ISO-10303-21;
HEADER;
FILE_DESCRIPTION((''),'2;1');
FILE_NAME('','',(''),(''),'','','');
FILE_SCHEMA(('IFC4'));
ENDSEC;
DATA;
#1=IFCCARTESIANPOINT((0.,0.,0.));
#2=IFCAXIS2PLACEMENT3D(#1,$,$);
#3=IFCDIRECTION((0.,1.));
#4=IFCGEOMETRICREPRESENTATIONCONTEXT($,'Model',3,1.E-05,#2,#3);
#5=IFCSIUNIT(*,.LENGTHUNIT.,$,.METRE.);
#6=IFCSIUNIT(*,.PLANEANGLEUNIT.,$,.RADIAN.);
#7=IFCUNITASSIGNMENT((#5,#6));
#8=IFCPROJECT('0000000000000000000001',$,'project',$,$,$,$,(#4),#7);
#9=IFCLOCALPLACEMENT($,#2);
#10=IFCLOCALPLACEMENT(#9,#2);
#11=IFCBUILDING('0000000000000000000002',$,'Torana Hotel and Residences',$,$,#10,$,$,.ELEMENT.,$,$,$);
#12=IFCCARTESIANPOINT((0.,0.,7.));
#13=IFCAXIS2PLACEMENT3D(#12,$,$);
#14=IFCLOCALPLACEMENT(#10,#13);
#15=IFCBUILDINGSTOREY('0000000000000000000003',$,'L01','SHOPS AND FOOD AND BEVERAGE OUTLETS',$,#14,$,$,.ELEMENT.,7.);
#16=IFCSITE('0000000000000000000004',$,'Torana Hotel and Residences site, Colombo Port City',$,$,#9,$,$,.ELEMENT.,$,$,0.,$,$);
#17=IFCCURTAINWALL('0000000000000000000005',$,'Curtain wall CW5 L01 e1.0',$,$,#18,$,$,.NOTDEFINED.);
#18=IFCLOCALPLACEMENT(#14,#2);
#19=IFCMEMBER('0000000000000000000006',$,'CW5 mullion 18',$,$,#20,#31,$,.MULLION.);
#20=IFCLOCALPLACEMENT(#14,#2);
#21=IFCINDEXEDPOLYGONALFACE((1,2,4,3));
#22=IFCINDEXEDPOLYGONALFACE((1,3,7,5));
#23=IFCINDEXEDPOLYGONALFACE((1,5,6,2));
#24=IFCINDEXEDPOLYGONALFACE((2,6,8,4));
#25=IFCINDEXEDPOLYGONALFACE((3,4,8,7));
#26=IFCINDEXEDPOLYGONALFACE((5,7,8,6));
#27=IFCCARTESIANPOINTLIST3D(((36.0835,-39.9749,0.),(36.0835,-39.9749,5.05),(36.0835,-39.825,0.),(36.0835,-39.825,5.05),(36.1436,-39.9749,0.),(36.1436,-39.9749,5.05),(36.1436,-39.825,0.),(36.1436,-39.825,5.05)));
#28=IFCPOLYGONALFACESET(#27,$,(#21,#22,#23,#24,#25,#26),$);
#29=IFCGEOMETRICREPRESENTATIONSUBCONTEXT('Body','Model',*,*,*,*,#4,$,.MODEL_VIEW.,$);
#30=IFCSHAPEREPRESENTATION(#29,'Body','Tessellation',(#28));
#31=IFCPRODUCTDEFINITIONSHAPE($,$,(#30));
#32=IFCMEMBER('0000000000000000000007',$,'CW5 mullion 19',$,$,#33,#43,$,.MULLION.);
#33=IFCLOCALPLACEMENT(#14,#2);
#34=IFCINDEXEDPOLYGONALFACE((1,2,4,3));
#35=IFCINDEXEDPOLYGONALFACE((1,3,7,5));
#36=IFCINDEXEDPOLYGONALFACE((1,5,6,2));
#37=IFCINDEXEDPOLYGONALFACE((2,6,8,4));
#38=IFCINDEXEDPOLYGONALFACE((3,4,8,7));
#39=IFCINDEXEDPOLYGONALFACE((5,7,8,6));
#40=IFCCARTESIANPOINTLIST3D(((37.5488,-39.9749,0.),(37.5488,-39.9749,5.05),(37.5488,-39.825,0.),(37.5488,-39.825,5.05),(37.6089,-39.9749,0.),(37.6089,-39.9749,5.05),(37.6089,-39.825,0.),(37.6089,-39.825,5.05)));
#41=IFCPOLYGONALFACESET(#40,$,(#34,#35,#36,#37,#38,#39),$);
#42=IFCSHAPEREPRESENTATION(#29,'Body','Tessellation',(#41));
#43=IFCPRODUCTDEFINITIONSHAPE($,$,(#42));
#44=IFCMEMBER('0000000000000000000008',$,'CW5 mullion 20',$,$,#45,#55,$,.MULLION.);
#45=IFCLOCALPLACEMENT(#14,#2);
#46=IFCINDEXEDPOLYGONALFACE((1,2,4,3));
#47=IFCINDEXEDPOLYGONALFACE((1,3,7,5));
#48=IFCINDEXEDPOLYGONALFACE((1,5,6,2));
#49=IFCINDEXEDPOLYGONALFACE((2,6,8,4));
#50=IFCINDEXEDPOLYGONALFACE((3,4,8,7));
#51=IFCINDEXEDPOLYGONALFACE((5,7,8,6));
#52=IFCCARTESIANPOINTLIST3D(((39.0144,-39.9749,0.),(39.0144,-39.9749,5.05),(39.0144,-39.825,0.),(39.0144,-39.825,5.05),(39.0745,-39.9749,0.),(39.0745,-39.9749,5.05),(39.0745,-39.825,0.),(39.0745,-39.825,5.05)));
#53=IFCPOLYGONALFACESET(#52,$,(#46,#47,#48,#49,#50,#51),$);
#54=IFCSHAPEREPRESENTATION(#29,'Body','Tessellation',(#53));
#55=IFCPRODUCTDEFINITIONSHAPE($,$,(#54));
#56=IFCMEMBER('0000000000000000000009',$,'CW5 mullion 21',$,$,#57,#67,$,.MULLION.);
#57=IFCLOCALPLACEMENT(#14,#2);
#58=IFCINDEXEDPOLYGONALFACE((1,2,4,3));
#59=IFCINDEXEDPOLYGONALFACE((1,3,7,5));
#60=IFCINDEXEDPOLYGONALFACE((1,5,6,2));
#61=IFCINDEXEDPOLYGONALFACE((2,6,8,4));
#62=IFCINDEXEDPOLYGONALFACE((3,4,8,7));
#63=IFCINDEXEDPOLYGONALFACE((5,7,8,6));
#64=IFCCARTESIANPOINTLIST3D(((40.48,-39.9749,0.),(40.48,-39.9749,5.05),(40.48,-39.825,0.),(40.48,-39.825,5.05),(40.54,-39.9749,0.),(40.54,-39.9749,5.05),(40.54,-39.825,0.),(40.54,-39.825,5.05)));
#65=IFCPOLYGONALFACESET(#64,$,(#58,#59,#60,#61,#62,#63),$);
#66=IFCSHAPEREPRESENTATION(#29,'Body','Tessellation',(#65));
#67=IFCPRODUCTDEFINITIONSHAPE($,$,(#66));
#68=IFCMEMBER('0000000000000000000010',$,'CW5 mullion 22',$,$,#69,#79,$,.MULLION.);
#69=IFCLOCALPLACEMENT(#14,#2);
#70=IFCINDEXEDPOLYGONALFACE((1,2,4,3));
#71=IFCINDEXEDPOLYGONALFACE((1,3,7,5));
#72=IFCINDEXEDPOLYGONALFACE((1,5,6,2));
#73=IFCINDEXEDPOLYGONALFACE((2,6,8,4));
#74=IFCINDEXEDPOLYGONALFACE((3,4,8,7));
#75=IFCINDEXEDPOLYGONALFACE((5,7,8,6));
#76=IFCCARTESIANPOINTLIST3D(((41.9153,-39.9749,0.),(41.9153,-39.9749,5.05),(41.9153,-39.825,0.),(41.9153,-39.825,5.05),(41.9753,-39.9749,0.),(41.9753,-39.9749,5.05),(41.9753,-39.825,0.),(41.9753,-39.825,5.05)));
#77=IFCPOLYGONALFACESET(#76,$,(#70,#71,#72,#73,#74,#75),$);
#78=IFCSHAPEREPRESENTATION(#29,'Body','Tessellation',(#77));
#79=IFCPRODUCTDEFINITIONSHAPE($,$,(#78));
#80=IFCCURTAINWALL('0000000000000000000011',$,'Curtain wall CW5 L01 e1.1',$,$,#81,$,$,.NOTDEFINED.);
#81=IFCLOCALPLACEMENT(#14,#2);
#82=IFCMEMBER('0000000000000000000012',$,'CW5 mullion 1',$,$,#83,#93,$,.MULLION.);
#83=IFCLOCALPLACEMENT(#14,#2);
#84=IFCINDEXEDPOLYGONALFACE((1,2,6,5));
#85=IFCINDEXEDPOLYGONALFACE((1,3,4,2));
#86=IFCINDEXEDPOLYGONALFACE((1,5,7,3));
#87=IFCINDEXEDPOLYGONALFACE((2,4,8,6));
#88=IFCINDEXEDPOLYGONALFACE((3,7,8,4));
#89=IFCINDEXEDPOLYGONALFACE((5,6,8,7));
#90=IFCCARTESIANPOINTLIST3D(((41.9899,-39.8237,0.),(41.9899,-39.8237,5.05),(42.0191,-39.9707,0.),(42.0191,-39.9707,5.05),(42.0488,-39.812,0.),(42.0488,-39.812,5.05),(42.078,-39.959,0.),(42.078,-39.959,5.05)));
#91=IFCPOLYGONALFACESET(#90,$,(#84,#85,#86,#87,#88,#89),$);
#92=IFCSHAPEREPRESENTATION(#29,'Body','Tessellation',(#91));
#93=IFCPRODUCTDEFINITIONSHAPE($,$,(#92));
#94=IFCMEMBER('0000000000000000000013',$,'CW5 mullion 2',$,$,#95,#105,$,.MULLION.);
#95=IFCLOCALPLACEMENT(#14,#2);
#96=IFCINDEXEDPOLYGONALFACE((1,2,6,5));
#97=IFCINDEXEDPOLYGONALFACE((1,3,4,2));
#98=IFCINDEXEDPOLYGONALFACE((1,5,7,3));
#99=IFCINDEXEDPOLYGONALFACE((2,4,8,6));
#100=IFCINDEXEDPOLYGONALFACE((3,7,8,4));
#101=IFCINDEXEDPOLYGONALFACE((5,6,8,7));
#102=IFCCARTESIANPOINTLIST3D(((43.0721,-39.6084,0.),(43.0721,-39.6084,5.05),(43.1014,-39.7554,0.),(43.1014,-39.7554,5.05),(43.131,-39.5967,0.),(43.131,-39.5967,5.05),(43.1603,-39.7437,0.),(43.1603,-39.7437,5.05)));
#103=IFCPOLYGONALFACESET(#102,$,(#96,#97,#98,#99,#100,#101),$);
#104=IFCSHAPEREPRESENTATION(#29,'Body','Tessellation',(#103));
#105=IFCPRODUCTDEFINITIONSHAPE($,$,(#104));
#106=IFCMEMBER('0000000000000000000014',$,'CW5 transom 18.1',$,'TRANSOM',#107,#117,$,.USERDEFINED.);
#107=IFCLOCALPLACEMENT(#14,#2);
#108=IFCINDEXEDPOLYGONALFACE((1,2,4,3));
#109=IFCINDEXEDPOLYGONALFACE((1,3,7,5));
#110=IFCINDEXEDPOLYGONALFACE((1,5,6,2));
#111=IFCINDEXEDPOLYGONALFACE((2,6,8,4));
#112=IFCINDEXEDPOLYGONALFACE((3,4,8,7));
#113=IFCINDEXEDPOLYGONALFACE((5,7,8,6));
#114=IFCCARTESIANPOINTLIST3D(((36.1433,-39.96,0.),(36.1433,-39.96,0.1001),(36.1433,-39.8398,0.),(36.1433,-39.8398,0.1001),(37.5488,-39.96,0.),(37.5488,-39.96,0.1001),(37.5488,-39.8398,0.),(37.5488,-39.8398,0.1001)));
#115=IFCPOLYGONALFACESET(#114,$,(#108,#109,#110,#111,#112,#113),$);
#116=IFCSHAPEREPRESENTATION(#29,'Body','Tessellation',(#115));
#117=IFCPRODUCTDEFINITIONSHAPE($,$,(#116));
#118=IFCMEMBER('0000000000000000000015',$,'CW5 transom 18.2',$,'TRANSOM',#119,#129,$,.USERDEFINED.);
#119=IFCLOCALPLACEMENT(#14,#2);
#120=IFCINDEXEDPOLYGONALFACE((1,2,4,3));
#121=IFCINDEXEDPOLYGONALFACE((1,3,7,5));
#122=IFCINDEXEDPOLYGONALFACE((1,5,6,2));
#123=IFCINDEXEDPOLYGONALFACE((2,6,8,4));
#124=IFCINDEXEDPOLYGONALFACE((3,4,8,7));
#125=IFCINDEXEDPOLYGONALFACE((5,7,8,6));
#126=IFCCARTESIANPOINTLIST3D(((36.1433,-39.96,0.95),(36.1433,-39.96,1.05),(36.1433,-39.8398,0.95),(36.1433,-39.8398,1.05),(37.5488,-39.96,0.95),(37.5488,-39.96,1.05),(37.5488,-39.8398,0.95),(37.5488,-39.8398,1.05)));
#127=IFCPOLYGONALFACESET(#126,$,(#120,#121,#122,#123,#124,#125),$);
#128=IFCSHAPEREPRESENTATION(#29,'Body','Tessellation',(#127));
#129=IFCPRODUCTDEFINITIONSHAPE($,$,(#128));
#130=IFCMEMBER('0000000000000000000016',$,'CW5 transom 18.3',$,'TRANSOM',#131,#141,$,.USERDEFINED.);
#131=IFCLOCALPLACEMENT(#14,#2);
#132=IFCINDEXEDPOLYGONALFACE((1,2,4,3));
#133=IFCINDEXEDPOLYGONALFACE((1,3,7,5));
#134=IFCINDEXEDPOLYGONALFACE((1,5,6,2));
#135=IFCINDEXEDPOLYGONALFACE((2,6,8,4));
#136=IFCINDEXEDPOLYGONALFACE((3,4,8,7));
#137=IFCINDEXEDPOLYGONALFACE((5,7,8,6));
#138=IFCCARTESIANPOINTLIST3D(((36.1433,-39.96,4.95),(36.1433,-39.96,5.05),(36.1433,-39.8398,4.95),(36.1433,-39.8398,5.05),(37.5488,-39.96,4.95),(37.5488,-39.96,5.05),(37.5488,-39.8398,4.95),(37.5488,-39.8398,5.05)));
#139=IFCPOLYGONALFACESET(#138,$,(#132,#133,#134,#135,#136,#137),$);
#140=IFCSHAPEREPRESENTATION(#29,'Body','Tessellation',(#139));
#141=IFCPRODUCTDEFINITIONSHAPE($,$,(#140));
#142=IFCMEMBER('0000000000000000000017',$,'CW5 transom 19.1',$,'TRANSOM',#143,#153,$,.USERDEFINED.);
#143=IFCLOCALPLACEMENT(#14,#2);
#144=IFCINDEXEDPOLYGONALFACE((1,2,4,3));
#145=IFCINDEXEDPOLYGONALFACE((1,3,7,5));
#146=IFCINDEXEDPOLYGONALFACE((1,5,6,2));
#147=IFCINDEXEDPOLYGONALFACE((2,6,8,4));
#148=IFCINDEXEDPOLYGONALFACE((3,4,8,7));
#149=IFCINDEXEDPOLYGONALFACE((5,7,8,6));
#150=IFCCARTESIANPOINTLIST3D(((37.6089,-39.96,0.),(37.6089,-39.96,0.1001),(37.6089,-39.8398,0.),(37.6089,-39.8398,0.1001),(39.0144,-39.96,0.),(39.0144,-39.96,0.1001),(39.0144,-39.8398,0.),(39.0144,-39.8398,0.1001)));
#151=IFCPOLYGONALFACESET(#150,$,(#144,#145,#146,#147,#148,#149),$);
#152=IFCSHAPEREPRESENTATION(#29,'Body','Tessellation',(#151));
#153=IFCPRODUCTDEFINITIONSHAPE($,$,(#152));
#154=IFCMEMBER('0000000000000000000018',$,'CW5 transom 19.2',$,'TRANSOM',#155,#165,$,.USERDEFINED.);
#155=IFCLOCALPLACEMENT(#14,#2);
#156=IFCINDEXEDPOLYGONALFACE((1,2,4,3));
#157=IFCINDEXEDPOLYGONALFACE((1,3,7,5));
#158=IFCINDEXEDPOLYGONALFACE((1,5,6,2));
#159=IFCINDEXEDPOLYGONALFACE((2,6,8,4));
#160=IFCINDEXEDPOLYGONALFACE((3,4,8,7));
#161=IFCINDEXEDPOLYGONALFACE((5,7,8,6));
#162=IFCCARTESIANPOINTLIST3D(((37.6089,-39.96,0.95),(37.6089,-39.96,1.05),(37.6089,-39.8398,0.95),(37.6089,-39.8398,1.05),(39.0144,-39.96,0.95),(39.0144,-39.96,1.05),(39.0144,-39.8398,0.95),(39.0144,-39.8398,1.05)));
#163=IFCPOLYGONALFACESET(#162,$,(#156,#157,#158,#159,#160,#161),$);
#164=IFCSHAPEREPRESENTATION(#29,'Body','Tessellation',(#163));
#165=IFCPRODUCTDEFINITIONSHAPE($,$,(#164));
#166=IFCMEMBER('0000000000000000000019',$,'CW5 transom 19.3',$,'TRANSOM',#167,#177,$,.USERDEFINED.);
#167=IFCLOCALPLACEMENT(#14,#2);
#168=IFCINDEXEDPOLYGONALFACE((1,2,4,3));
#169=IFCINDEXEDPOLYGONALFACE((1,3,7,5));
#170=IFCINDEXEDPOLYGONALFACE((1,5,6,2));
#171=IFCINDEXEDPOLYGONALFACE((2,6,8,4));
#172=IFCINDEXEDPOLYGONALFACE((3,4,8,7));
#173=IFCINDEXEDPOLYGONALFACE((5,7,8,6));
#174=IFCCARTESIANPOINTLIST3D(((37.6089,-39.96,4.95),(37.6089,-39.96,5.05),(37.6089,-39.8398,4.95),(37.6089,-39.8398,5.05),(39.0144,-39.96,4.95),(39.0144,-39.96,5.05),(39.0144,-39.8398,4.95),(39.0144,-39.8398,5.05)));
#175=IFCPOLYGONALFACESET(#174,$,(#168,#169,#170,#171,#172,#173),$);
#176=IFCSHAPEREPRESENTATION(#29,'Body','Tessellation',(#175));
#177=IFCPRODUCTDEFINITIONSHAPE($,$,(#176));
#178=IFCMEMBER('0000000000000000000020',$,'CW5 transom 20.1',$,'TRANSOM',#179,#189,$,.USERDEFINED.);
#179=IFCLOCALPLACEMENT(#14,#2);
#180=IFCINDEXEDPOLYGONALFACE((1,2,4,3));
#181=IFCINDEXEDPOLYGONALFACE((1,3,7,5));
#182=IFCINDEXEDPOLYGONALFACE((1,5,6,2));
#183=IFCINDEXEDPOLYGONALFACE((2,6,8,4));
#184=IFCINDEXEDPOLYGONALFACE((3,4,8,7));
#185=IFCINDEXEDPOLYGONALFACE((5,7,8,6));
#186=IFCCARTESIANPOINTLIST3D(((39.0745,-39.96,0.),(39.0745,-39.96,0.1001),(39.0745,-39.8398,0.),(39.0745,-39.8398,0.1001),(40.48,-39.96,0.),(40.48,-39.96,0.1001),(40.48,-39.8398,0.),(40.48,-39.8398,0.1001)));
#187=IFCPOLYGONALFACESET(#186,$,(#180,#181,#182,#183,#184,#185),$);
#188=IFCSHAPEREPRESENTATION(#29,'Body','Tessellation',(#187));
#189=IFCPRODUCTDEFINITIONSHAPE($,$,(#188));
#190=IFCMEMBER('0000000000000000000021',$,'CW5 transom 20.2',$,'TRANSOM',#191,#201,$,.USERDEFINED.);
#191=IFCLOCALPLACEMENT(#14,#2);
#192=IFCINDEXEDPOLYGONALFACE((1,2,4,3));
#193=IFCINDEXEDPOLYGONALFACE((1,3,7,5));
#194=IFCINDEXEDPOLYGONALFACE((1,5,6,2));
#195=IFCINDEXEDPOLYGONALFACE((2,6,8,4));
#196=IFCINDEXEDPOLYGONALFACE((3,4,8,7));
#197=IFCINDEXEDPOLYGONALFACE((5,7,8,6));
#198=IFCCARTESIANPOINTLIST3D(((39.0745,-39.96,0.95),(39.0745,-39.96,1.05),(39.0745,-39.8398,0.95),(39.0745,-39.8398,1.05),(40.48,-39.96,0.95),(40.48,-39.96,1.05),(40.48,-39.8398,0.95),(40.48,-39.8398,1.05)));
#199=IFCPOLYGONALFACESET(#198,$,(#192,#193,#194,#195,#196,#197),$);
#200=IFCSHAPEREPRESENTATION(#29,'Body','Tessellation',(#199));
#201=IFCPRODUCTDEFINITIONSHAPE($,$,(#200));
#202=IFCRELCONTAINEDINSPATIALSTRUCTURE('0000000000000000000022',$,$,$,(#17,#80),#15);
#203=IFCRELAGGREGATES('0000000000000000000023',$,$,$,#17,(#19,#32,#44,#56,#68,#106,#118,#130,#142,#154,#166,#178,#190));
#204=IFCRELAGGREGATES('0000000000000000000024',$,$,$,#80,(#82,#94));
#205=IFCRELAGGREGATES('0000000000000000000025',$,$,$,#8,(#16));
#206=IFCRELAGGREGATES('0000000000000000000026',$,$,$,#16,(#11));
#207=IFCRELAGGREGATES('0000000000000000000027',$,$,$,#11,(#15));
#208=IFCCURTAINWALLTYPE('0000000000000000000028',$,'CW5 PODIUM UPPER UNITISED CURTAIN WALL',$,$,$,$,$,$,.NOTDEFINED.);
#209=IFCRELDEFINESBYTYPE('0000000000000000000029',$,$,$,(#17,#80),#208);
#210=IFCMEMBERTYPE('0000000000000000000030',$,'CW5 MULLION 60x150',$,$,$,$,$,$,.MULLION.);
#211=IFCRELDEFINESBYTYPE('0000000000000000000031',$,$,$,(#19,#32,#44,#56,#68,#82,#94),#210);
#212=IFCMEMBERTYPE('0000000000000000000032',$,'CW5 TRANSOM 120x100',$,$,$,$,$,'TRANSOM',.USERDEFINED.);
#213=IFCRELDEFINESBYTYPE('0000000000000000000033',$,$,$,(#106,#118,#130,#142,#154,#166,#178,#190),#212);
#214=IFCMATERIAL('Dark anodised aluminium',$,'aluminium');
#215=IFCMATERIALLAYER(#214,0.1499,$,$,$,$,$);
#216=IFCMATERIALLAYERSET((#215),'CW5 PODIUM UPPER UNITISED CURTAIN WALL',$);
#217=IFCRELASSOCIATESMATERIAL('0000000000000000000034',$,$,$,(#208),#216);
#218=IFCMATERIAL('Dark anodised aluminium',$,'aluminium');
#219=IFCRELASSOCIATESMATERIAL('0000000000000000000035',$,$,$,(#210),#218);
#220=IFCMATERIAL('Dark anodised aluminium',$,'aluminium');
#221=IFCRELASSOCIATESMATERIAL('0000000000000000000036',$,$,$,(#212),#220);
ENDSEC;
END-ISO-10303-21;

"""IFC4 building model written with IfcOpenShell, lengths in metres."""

from ifc_helpers import new_model, si_unit, direction, frame, origin, origin_2d, place, context, subcontext, project, spatial, rectangle, extrude, material, layer, layer_set, material_profile, profile_set, type_object, element, aggregate, save


model = new_model("IFC4")

# Units and contexts
model_context = context("Model", 3, precision=1e-05, world=origin(), true_north=direction((0.0, 1.0)))
body_context = subcontext(model_context, "Body", "Model", "MODEL_VIEW")
ifc_project = project(units=[si_unit("LENGTHUNIT", "METRE"), si_unit("PLANEANGLEUNIT", "RADIAN")], contexts=[model_context])

# Site, building, storey
site_placement = place(None, origin())
site = spatial("IfcSite", under=ifc_project, at=site_placement, Name="Torana Hotel and Residences site, Colombo Port City", CompositionType="ELEMENT", RefElevation=0.0)
building_placement = place(site_placement, origin())
building = spatial("IfcBuilding", under=site, at=building_placement, Name="Torana Hotel and Residences", CompositionType="ELEMENT")
storey_placement = place(building_placement, frame((0.0, 0.0, 7.0)))
storey = spatial("IfcBuildingStorey", under=building, at=storey_placement, Name="L01", Description="SHOPS AND FOOD AND BEVERAGE OUTLETS", CompositionType="ELEMENT", Elevation=7.0)

# Curtain walls, members
ifc_material_1 = material(Name="Dark anodised aluminium", Category="aluminium")
ifc_layer_1 = layer(ifc_material_1, 0.1499)
ifc_layer_set_1 = layer_set([ifc_layer_1], Name="CW5 PODIUM UPPER UNITISED CURTAIN WALL")
curtain_wall_type = type_object("IfcCurtainWallType", Name="CW5 PODIUM UPPER UNITISED CURTAIN WALL", PredefinedType="NOTDEFINED", material=ifc_layer_set_1)
curtain_wall_1_placement = place(storey_placement, origin())
curtain_wall_1 = element("IfcCurtainWall", 1, at=curtain_wall_1_placement, inside=storey, type_object=curtain_wall_type, Name="Curtain wall CW5 L01 e1.0", PredefinedType="NOTDEFINED")
ifc_material_2 = material(Name="Dark anodised aluminium", Category="aluminium")
ifc_material_profile_1 = material_profile(ifc_material_2, rectangle(XDim=0.1499, YDim=0.0601, at=origin_2d()), Name="CW5 MULLION 60x150")
ifc_profile_set_1 = profile_set([ifc_material_profile_1], Name="Dark anodised aluminium")
member_type_1 = type_object("IfcMemberType", Name="CW5 MULLION 60x150", PredefinedType="MULLION", material=ifc_profile_set_1)
member_1_placement = place(storey_placement, frame((36.1135, -39.8999, 0.0), z_axis=(0.0, 0.0, 1.0), x_axis=(0.0, 1.0, 0.0)))
member_1 = element("IfcMember", 2, at=member_1_placement, type_object=member_type_1, Name="CW5 mullion 18", PredefinedType="MULLION", context=body_context, shape_type="SweptSolid", body=[
    extrude(rectangle(XDim=0.1499, YDim=0.0601, at=origin_2d()), origin(), (0.0, 0.0, 1.0), 5.05),
])
member_2_placement = place(storey_placement, frame((37.5789, -39.8999, 0.0), z_axis=(0.0, 0.0, 1.0), x_axis=(0.0, 1.0, 0.0)))
member_2 = element("IfcMember", 3, at=member_2_placement, type_object=member_type_1, Name="CW5 mullion 19", PredefinedType="MULLION", context=body_context, shape_type="SweptSolid", body=[
    extrude(rectangle(XDim=0.1499, YDim=0.0601, at=origin_2d()), origin(), (0.0, 0.0, 1.0), 5.05),
])
member_3_placement = place(storey_placement, frame((39.0444, -39.8999, 0.0), z_axis=(0.0, 0.0, 1.0), x_axis=(0.0, 1.0, 0.0)))
member_3 = element("IfcMember", 4, at=member_3_placement, type_object=member_type_1, Name="CW5 mullion 20", PredefinedType="MULLION", context=body_context, shape_type="SweptSolid", body=[
    extrude(rectangle(XDim=0.1499, YDim=0.0601, at=origin_2d()), origin(), (0.0, 0.0, 1.0), 5.05),
])
member_4_placement = place(storey_placement, frame((40.51, -39.8999, 0.0), z_axis=(0.0, 0.0, 1.0), x_axis=(0.0, 1.0, 0.0)))
member_4 = element("IfcMember", 5, at=member_4_placement, type_object=member_type_1, Name="CW5 mullion 21", PredefinedType="MULLION", context=body_context, shape_type="SweptSolid", body=[
    extrude(rectangle(XDim=0.1499, YDim=0.0601, at=origin_2d()), origin(), (0.0, 0.0, 1.0), 5.05),
])
member_5_placement = place(storey_placement, frame((41.9453, -39.8999, 0.0), z_axis=(0.0, 0.0, 1.0), x_axis=(0.0, 1.0, 0.0)))
member_5 = element("IfcMember", 6, at=member_5_placement, type_object=member_type_1, Name="CW5 mullion 22", PredefinedType="MULLION", context=body_context, shape_type="SweptSolid", body=[
    extrude(rectangle(XDim=0.1499, YDim=0.0601, at=origin_2d()), origin(), (0.0, 0.0, 1.0), 5.05),
])
curtain_wall_2_placement = place(storey_placement, origin())
curtain_wall_2 = element("IfcCurtainWall", 7, at=curtain_wall_2_placement, inside=storey, type_object=curtain_wall_type, Name="Curtain wall CW5 L01 e1.1", PredefinedType="NOTDEFINED")
member_6_placement = place(storey_placement, frame((42.0339, -39.8914, 0.0), z_axis=(0.0, 0.0, 1.0), x_axis=(-0.195081, 0.980787, 0.0)))
member_6 = element("IfcMember", 8, at=member_6_placement, type_object=member_type_1, Name="CW5 mullion 1", PredefinedType="MULLION", context=body_context, shape_type="SweptSolid", body=[
    extrude(rectangle(XDim=0.1499, YDim=0.0601, at=origin_2d()), origin(), (0.0, 0.0, 1.0), 5.05),
])
member_7_placement = place(storey_placement, frame((43.1162, -39.676, 0.0), z_axis=(0.0, 0.0, 1.0), x_axis=(-0.195081, 0.980787, 0.0)))
member_7 = element("IfcMember", 9, at=member_7_placement, type_object=member_type_1, Name="CW5 mullion 2", PredefinedType="MULLION", context=body_context, shape_type="SweptSolid", body=[
    extrude(rectangle(XDim=0.1499, YDim=0.0601, at=origin_2d()), origin(), (0.0, 0.0, 1.0), 5.05),
])

# Members
ifc_material_3 = material(Name="Dark anodised aluminium", Category="aluminium")
ifc_material_profile_2 = material_profile(ifc_material_3, rectangle(XDim=0.1201, YDim=0.1001, at=origin_2d()), Name="CW5 TRANSOM 120x100")
ifc_profile_set_2 = profile_set([ifc_material_profile_2], Name="Dark anodised aluminium")
member_type_2 = type_object("IfcMemberType", Name="CW5 TRANSOM 120x100", ElementType="TRANSOM", PredefinedType="USERDEFINED", material=ifc_profile_set_2)
member_8_placement = place(storey_placement, frame((36.1433, -39.8999, 0.05), z_axis=(1.0, 0.0, 0.0), x_axis=(0.0, 1.0, 0.0)))
member_8 = element("IfcMember", 10, at=member_8_placement, type_object=member_type_2, Name="CW5 transom 18.1", ObjectType="TRANSOM", PredefinedType="USERDEFINED", context=body_context, shape_type="SweptSolid", body=[
    extrude(rectangle(XDim=0.1201, YDim=0.1001, at=origin_2d()), origin(), (0.0, 0.0, 1.0), 1.4055),
])
member_9_placement = place(storey_placement, frame((36.1433, -39.8999, 1.0), z_axis=(1.0, 0.0, 0.0), x_axis=(0.0, 1.0, 0.0)))
member_9 = element("IfcMember", 11, at=member_9_placement, type_object=member_type_2, Name="CW5 transom 18.2", ObjectType="TRANSOM", PredefinedType="USERDEFINED", context=body_context, shape_type="SweptSolid", body=[
    extrude(rectangle(XDim=0.1201, YDim=0.1001, at=origin_2d()), origin(), (0.0, 0.0, 1.0), 1.4055),
])
member_10_placement = place(storey_placement, frame((36.1433, -39.8999, 5.0), z_axis=(1.0, 0.0, 0.0), x_axis=(0.0, 1.0, 0.0)))
member_10 = element("IfcMember", 12, at=member_10_placement, type_object=member_type_2, Name="CW5 transom 18.3", ObjectType="TRANSOM", PredefinedType="USERDEFINED", context=body_context, shape_type="SweptSolid", body=[
    extrude(rectangle(XDim=0.1201, YDim=0.1001, at=origin_2d()), origin(), (0.0, 0.0, 1.0), 1.4055),
])
member_11_placement = place(storey_placement, frame((37.6089, -39.8999, 0.05), z_axis=(1.0, 0.0, 0.0), x_axis=(0.0, 1.0, 0.0)))
member_11 = element("IfcMember", 13, at=member_11_placement, type_object=member_type_2, Name="CW5 transom 19.1", ObjectType="TRANSOM", PredefinedType="USERDEFINED", context=body_context, shape_type="SweptSolid", body=[
    extrude(rectangle(XDim=0.1201, YDim=0.1001, at=origin_2d()), origin(), (0.0, 0.0, 1.0), 1.4055),
])
member_12_placement = place(storey_placement, frame((37.6089, -39.8999, 1.0), z_axis=(1.0, 0.0, 0.0), x_axis=(0.0, 1.0, 0.0)))
member_12 = element("IfcMember", 14, at=member_12_placement, type_object=member_type_2, Name="CW5 transom 19.2", ObjectType="TRANSOM", PredefinedType="USERDEFINED", context=body_context, shape_type="SweptSolid", body=[
    extrude(rectangle(XDim=0.1201, YDim=0.1001, at=origin_2d()), origin(), (0.0, 0.0, 1.0), 1.4055),
])
member_13_placement = place(storey_placement, frame((37.6089, -39.8999, 5.0), z_axis=(1.0, 0.0, 0.0), x_axis=(0.0, 1.0, 0.0)))
member_13 = element("IfcMember", 15, at=member_13_placement, type_object=member_type_2, Name="CW5 transom 19.3", ObjectType="TRANSOM", PredefinedType="USERDEFINED", context=body_context, shape_type="SweptSolid", body=[
    extrude(rectangle(XDim=0.1201, YDim=0.1001, at=origin_2d()), origin(), (0.0, 0.0, 1.0), 1.4055),
])
member_14_placement = place(storey_placement, frame((39.0745, -39.8999, 0.05), z_axis=(1.0, 0.0, 0.0), x_axis=(0.0, 1.0, 0.0)))
member_14 = element("IfcMember", 16, at=member_14_placement, type_object=member_type_2, Name="CW5 transom 20.1", ObjectType="TRANSOM", PredefinedType="USERDEFINED", context=body_context, shape_type="SweptSolid", body=[
    extrude(rectangle(XDim=0.1201, YDim=0.1001, at=origin_2d()), origin(), (0.0, 0.0, 1.0), 1.4055),
])
member_15_placement = place(storey_placement, frame((39.0745, -39.8999, 1.0), z_axis=(1.0, 0.0, 0.0), x_axis=(0.0, 1.0, 0.0)))
member_15 = element("IfcMember", 17, at=member_15_placement, type_object=member_type_2, Name="CW5 transom 20.2", ObjectType="TRANSOM", PredefinedType="USERDEFINED", context=body_context, shape_type="SweptSolid", body=[
    extrude(rectangle(XDim=0.1201, YDim=0.1001, at=origin_2d()), origin(), (0.0, 0.0, 1.0), 1.4055),
])

aggregate(curtain_wall_1, [member_1, member_2, member_3, member_4, member_5, member_8, member_9, member_10, member_11, member_12, member_13, member_14, member_15])
aggregate(curtain_wall_2, [member_6, member_7])

save(model, "model.ifc")
